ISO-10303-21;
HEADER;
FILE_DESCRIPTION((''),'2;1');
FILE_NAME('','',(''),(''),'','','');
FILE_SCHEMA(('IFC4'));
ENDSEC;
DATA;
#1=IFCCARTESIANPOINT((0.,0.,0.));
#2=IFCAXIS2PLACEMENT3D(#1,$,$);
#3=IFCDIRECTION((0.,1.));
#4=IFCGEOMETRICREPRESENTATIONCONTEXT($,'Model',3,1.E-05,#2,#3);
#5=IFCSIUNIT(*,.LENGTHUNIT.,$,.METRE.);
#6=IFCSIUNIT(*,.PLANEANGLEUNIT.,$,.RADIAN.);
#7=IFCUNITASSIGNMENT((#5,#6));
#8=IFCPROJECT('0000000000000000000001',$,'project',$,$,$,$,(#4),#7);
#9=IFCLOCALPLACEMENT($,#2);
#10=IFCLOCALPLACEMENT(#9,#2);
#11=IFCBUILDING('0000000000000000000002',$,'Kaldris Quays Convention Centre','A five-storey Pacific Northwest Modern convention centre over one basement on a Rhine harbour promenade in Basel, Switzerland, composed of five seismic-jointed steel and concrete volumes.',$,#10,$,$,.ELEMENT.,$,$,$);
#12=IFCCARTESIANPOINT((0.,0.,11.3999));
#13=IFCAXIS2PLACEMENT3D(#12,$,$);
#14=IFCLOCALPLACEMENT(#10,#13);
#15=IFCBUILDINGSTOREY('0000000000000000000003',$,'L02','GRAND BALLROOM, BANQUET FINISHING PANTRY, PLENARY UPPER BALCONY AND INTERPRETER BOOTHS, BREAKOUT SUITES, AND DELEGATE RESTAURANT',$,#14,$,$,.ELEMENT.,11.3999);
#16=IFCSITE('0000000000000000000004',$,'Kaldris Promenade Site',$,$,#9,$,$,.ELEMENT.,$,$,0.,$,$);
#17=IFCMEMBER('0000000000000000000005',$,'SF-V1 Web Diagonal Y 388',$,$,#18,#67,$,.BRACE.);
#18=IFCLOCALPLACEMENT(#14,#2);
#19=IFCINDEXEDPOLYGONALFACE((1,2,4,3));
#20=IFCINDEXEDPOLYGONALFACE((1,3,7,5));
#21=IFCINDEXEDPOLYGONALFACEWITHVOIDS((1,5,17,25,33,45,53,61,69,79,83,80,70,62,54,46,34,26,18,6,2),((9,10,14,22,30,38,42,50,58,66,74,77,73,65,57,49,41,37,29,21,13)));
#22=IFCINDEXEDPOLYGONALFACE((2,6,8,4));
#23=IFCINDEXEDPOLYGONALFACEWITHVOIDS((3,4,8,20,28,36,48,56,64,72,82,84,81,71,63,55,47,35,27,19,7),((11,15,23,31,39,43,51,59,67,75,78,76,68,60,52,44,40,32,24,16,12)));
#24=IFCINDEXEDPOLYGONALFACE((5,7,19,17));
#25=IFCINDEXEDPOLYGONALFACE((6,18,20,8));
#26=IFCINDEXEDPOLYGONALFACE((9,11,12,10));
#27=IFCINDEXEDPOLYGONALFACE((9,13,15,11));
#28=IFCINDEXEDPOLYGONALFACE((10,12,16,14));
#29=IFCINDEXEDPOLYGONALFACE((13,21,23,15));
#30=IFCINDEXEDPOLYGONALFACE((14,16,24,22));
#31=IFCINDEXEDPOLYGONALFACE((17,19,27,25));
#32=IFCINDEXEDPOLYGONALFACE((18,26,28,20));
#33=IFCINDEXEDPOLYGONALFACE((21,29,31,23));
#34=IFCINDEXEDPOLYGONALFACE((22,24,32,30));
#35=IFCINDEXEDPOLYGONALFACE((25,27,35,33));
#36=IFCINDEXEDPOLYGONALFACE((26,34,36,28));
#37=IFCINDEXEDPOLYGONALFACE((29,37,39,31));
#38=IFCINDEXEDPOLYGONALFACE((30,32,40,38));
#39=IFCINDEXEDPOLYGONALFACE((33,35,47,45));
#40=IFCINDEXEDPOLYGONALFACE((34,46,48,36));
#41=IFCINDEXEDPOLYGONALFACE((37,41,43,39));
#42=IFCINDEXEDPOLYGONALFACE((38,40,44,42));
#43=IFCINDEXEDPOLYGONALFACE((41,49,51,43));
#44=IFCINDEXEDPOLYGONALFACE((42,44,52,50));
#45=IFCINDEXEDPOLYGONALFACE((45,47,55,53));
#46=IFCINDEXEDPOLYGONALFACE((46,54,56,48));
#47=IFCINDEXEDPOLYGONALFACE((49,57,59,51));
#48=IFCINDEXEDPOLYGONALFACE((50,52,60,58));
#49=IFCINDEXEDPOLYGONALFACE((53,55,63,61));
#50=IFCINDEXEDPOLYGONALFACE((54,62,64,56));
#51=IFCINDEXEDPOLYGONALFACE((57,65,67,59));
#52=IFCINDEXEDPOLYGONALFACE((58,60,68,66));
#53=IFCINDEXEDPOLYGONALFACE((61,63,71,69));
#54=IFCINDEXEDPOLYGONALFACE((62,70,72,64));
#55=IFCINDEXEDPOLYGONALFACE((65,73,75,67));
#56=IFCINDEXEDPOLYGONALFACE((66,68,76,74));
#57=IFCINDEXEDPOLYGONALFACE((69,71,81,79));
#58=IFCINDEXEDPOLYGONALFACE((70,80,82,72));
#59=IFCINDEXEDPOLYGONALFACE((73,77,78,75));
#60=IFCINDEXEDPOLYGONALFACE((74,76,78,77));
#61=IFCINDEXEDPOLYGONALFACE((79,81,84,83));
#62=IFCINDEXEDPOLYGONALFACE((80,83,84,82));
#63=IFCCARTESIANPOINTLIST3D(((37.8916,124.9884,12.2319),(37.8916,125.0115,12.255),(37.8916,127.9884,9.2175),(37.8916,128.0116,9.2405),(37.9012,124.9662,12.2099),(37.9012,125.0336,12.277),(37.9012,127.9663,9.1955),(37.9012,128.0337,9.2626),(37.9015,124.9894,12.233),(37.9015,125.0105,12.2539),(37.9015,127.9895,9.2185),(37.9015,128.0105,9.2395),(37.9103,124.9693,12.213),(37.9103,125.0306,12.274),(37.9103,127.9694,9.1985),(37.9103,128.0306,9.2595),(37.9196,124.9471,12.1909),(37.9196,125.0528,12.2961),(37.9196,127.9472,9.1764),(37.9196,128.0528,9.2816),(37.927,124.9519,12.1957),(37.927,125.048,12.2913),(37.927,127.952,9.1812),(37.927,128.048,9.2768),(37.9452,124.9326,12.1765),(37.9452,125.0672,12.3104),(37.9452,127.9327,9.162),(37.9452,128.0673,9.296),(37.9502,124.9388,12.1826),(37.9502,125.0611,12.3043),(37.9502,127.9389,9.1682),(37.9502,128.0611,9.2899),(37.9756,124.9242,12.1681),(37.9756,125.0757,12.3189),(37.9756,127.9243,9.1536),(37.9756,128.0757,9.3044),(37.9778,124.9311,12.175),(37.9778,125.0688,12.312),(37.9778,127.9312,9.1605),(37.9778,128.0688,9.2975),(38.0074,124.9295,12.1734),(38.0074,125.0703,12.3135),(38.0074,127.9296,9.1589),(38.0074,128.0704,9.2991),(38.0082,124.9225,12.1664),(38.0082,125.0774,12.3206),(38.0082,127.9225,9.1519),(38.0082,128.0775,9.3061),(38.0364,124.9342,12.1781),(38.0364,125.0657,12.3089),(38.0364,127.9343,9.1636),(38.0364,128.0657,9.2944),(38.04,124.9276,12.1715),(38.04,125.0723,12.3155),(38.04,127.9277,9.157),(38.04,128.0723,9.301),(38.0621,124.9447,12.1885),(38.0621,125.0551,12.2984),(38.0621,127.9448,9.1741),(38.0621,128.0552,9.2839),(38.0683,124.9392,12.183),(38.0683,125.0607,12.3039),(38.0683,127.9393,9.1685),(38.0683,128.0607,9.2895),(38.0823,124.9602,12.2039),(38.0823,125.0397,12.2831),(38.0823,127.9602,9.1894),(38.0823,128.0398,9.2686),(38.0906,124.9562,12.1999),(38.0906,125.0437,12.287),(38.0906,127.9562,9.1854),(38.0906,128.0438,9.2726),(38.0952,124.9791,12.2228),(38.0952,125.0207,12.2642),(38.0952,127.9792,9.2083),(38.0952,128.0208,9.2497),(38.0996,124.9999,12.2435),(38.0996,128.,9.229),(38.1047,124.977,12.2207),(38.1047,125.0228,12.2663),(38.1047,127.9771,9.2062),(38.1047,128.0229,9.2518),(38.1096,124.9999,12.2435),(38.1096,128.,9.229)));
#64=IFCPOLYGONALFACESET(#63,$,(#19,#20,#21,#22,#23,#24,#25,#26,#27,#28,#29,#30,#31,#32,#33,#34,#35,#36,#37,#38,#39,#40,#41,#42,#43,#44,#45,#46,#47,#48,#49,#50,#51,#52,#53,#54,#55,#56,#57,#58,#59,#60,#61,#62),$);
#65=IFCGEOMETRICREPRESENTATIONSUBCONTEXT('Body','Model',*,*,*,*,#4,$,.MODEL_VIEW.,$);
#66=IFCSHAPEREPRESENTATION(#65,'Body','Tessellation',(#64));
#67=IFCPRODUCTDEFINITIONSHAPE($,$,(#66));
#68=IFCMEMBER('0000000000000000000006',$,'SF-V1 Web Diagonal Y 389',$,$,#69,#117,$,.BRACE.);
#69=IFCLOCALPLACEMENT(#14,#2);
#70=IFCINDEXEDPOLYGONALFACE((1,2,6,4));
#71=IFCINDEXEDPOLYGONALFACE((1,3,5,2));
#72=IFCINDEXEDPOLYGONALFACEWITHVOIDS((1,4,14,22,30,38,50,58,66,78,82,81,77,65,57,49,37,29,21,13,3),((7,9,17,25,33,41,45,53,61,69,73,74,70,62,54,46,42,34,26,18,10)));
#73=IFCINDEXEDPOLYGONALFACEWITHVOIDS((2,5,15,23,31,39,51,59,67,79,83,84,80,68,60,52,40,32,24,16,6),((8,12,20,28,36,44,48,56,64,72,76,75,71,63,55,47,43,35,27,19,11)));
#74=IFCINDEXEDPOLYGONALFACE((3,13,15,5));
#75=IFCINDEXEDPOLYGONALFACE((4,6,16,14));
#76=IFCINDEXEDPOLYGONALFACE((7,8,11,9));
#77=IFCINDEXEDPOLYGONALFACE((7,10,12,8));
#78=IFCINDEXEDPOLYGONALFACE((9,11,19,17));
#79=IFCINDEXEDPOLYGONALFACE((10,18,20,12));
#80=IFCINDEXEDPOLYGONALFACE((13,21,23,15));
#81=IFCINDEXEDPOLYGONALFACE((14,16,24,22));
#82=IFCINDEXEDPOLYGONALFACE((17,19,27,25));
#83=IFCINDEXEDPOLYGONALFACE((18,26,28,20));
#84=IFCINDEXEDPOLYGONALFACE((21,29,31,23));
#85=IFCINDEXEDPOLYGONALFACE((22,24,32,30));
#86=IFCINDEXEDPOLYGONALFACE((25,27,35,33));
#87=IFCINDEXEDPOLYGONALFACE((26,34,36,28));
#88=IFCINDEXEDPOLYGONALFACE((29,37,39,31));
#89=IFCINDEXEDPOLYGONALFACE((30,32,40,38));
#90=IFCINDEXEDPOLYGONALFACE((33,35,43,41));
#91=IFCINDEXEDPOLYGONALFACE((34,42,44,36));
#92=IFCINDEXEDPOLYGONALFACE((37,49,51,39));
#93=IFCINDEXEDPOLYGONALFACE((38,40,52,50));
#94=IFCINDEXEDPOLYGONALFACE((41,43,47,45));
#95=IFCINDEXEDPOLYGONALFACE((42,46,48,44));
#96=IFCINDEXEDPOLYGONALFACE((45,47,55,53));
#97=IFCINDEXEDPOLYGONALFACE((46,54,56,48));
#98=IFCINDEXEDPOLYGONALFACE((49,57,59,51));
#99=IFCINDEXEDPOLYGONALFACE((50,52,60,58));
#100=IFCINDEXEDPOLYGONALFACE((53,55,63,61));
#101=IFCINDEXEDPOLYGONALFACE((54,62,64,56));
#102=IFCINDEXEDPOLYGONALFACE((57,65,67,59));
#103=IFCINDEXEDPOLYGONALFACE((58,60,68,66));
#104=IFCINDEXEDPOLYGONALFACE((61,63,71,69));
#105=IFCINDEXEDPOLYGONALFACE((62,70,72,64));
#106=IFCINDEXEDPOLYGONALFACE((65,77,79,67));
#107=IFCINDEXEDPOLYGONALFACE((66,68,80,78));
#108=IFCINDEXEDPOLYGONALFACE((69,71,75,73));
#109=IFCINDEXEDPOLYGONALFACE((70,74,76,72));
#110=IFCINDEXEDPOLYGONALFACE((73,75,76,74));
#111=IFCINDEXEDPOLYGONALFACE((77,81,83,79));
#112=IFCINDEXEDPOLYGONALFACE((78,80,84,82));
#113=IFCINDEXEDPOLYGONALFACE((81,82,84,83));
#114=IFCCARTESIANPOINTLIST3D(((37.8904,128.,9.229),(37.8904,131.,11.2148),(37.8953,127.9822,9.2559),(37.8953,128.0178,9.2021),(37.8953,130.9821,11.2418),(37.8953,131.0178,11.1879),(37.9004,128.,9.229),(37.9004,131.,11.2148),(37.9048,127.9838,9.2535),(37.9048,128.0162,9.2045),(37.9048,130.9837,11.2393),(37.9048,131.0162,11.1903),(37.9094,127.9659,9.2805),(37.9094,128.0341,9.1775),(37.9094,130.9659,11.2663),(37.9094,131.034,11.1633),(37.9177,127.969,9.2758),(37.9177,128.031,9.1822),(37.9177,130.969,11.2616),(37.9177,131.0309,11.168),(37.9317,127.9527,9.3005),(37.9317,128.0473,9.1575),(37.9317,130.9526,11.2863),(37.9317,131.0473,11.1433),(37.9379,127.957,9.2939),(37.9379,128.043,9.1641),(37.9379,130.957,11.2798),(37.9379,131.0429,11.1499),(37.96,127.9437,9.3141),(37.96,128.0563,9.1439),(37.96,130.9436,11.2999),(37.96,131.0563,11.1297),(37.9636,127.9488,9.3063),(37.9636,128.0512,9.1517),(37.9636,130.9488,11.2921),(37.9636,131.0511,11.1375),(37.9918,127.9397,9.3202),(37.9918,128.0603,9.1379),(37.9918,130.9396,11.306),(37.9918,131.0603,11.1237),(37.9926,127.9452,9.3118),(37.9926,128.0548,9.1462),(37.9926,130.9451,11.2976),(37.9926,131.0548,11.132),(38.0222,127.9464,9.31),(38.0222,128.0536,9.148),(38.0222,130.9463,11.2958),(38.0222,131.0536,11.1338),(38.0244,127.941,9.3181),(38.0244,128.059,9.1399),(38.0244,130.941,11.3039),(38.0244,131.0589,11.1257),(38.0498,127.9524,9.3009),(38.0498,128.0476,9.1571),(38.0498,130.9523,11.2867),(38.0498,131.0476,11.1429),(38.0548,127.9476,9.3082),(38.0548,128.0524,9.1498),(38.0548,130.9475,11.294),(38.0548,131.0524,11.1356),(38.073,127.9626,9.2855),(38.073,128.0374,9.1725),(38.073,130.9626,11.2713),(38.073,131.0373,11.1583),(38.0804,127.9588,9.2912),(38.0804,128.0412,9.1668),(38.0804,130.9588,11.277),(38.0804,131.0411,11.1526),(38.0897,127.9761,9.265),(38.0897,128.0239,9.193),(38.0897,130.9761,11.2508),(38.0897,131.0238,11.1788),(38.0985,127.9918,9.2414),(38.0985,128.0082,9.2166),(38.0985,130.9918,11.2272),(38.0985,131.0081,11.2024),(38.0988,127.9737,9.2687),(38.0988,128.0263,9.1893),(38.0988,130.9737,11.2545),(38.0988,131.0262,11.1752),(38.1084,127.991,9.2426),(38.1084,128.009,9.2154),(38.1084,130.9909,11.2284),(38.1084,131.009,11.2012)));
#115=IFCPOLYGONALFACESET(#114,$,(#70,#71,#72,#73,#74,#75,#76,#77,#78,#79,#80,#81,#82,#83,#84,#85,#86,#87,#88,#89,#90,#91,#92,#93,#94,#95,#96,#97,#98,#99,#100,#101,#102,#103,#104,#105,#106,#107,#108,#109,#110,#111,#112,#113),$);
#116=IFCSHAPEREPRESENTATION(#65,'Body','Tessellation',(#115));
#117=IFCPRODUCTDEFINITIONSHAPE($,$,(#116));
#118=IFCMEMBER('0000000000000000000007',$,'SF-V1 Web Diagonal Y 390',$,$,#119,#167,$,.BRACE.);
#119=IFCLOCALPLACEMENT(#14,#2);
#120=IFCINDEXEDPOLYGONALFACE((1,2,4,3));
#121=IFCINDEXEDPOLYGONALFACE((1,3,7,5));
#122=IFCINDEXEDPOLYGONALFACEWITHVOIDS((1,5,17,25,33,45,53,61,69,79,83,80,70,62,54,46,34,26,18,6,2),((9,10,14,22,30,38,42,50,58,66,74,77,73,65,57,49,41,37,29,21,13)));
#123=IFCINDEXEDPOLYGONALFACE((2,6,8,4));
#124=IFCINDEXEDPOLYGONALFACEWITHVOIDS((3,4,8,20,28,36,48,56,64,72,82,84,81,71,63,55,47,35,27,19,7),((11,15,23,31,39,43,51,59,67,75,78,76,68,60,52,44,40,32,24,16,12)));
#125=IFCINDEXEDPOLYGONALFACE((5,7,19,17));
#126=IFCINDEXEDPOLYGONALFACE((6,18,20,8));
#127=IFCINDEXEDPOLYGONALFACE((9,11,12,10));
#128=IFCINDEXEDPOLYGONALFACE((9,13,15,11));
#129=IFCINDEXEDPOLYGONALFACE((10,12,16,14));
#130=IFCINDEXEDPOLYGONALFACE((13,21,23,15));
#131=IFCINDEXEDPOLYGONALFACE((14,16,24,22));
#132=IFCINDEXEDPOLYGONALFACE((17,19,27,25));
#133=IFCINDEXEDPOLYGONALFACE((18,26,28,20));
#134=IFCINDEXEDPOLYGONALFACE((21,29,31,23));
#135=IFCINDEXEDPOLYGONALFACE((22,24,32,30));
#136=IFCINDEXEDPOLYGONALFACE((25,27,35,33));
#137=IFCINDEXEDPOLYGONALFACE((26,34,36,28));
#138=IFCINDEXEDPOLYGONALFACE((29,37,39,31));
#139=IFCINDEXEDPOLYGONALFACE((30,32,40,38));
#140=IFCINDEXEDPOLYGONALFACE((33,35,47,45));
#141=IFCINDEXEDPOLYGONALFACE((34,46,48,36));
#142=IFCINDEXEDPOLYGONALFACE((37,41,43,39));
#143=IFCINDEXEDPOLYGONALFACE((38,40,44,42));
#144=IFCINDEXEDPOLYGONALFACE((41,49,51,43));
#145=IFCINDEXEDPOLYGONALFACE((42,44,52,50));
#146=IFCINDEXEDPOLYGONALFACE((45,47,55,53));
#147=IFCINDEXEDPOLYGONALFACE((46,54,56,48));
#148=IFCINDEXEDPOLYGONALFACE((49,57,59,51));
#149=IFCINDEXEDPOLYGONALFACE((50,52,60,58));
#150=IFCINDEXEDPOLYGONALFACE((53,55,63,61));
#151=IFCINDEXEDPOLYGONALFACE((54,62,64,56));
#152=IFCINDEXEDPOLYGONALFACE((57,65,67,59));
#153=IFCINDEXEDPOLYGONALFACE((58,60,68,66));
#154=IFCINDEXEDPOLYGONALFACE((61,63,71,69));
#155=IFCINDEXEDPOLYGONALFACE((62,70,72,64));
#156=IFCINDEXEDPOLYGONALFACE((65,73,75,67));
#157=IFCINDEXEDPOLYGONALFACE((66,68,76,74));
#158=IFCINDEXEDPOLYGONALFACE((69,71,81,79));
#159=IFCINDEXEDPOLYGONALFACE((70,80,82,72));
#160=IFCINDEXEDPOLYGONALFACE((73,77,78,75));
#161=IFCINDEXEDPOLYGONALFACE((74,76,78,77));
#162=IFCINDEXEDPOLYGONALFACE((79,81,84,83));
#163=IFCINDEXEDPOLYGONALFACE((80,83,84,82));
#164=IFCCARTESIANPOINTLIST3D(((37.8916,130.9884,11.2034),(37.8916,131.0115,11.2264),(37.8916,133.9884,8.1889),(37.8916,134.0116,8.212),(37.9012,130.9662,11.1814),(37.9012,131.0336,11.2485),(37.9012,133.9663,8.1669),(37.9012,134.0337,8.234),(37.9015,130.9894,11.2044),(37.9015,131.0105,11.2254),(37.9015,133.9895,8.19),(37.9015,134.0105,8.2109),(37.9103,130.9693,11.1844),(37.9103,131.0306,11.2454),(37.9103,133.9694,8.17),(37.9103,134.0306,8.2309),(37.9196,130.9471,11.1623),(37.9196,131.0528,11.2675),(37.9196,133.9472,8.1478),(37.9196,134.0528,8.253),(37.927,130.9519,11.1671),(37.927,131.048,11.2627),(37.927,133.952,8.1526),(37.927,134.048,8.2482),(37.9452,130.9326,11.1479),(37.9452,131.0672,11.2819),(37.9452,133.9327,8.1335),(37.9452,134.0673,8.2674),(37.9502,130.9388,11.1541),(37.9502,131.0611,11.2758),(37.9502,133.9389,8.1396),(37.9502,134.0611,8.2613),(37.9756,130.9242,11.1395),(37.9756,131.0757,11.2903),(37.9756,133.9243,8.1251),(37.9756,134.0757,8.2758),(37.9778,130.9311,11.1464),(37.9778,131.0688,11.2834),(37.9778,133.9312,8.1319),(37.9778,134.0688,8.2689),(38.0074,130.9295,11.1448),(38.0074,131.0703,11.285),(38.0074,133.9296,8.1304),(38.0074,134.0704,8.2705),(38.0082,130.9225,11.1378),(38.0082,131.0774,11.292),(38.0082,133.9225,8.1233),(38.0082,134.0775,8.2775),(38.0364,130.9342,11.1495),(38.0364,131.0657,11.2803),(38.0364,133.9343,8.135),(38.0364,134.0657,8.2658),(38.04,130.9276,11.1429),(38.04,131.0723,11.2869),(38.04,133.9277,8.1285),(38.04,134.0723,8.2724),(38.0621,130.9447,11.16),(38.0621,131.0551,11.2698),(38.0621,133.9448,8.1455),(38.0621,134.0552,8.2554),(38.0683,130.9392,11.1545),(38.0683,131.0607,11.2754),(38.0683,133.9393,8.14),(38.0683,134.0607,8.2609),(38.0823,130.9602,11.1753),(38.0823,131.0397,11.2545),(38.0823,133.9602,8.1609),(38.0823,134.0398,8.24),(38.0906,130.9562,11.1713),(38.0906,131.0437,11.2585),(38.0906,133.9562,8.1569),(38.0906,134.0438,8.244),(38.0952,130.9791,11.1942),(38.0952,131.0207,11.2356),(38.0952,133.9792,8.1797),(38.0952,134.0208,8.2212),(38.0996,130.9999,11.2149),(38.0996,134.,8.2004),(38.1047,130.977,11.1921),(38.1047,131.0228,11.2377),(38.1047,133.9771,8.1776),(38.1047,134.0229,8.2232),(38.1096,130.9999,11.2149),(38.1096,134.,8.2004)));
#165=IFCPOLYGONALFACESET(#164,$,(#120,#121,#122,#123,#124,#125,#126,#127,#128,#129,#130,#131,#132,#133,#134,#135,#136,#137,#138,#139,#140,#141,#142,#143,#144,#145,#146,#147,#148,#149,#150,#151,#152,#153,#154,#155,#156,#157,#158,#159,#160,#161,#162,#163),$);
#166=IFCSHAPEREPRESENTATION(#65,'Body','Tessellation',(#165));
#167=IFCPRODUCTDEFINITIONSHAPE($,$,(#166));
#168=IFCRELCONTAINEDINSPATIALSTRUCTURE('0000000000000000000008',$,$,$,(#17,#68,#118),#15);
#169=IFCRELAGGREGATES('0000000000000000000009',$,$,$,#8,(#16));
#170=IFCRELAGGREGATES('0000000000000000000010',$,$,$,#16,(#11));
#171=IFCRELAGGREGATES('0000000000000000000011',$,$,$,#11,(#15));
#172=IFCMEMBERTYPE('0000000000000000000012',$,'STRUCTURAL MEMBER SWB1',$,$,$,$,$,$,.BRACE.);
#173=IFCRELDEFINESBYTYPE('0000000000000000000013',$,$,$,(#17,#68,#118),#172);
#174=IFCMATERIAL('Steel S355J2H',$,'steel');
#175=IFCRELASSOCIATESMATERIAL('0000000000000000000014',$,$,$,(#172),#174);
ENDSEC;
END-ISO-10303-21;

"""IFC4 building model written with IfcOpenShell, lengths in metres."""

from ifc_helpers import new_model, si_unit, direction, frame, origin, origin_2d, place, context, subcontext, project, spatial, hollow_circle, extrude, material, material_profile, profile_set, type_object, element, save


model = new_model("IFC4")

# Units and contexts
model_context = context("Model", 3, precision=1e-05, world=origin(), true_north=direction((0.0, 1.0)))
body_context = subcontext(model_context, "Body", "Model", "MODEL_VIEW")
ifc_project = project(units=[si_unit("LENGTHUNIT", "METRE"), si_unit("PLANEANGLEUNIT", "RADIAN")], contexts=[model_context])

# Site, building, storey
site_placement = place(None, origin())
site = spatial("IfcSite", under=ifc_project, at=site_placement, Name="Kaldris Promenade Site", CompositionType="ELEMENT", RefElevation=0.0)
building_placement = place(site_placement, origin())
building = spatial("IfcBuilding", under=site, at=building_placement, Name="Kaldris Quays Convention Centre", Description="A five-storey Pacific Northwest Modern convention centre over one basement on a Rhine harbour promenade in Basel, Switzerland, composed of five seismic-jointed steel and concrete volumes.", CompositionType="ELEMENT")
storey_placement = place(building_placement, frame((0.0, 0.0, 11.3999)))
storey = spatial("IfcBuildingStorey", under=building, at=storey_placement, Name="L02", Description="GRAND BALLROOM, BANQUET FINISHING PANTRY, PLENARY UPPER BALCONY AND INTERPRETER BOOTHS, BREAKOUT SUITES, AND DELEGATE RESTAURANT", CompositionType="ELEMENT", Elevation=11.3999)

# Members
ifc_material = material(Name="Steel S355J2H", Category="steel")
ifc_material_profile_1 = material_profile(ifc_material, hollow_circle(Radius=0.1096, WallThickness=0.01, at=origin_2d()), Name="CHS 219.1x10")
ifc_profile_set_1 = profile_set([ifc_material_profile_1], Name="Steel S355J2H")
member_type_1 = type_object("IfcMemberType", Name="STRUCTURAL MEMBER SWB1", PredefinedType="BRACE", material=ifc_profile_set_1)
member_1_placement = place(storey_placement, frame((38.0, 128.0, 9.229), z_axis=(0.0, -0.705411, 0.708798), x_axis=(1.0, 0.0, 0.0)))
element("IfcMember", 1, at=member_1_placement, inside=storey, type_object=member_type_1, Name="SF-V1 Web Diagonal Y 388", PredefinedType="BRACE", context=body_context, shape_type="SweptSolid", body=[
    extrude(hollow_circle(Radius=0.1096, WallThickness=0.01, at=origin_2d()), origin(), (0.0, 0.0, 1.0), 4.2529),
])
member_2_placement = place(storey_placement, frame((38.0, 128.0, 9.229), z_axis=(0.0, 0.833862, 0.551972), x_axis=(-1.0, 0.0, 0.0)))
element("IfcMember", 2, at=member_2_placement, inside=storey, type_object=member_type_1, Name="SF-V1 Web Diagonal Y 389", PredefinedType="BRACE", context=body_context, shape_type="SweptSolid", body=[
    extrude(hollow_circle(Radius=0.1096, WallThickness=0.01, at=origin_2d()), origin(), (0.0, 0.0, 1.0), 3.5977),
])
member_3_placement = place(storey_placement, frame((38.0, 134.0, 8.2004), z_axis=(0.0, -0.705411, 0.708798), x_axis=(1.0, 0.0, 0.0)))
element("IfcMember", 3, at=member_3_placement, inside=storey, type_object=member_type_1, Name="SF-V1 Web Diagonal Y 390", PredefinedType="BRACE", context=body_context, shape_type="SweptSolid", body=[
    extrude(hollow_circle(Radius=0.1096, WallThickness=0.01, at=origin_2d()), origin(), (0.0, 0.0, 1.0), 4.2529),
])

save(model, "model.ifc")
